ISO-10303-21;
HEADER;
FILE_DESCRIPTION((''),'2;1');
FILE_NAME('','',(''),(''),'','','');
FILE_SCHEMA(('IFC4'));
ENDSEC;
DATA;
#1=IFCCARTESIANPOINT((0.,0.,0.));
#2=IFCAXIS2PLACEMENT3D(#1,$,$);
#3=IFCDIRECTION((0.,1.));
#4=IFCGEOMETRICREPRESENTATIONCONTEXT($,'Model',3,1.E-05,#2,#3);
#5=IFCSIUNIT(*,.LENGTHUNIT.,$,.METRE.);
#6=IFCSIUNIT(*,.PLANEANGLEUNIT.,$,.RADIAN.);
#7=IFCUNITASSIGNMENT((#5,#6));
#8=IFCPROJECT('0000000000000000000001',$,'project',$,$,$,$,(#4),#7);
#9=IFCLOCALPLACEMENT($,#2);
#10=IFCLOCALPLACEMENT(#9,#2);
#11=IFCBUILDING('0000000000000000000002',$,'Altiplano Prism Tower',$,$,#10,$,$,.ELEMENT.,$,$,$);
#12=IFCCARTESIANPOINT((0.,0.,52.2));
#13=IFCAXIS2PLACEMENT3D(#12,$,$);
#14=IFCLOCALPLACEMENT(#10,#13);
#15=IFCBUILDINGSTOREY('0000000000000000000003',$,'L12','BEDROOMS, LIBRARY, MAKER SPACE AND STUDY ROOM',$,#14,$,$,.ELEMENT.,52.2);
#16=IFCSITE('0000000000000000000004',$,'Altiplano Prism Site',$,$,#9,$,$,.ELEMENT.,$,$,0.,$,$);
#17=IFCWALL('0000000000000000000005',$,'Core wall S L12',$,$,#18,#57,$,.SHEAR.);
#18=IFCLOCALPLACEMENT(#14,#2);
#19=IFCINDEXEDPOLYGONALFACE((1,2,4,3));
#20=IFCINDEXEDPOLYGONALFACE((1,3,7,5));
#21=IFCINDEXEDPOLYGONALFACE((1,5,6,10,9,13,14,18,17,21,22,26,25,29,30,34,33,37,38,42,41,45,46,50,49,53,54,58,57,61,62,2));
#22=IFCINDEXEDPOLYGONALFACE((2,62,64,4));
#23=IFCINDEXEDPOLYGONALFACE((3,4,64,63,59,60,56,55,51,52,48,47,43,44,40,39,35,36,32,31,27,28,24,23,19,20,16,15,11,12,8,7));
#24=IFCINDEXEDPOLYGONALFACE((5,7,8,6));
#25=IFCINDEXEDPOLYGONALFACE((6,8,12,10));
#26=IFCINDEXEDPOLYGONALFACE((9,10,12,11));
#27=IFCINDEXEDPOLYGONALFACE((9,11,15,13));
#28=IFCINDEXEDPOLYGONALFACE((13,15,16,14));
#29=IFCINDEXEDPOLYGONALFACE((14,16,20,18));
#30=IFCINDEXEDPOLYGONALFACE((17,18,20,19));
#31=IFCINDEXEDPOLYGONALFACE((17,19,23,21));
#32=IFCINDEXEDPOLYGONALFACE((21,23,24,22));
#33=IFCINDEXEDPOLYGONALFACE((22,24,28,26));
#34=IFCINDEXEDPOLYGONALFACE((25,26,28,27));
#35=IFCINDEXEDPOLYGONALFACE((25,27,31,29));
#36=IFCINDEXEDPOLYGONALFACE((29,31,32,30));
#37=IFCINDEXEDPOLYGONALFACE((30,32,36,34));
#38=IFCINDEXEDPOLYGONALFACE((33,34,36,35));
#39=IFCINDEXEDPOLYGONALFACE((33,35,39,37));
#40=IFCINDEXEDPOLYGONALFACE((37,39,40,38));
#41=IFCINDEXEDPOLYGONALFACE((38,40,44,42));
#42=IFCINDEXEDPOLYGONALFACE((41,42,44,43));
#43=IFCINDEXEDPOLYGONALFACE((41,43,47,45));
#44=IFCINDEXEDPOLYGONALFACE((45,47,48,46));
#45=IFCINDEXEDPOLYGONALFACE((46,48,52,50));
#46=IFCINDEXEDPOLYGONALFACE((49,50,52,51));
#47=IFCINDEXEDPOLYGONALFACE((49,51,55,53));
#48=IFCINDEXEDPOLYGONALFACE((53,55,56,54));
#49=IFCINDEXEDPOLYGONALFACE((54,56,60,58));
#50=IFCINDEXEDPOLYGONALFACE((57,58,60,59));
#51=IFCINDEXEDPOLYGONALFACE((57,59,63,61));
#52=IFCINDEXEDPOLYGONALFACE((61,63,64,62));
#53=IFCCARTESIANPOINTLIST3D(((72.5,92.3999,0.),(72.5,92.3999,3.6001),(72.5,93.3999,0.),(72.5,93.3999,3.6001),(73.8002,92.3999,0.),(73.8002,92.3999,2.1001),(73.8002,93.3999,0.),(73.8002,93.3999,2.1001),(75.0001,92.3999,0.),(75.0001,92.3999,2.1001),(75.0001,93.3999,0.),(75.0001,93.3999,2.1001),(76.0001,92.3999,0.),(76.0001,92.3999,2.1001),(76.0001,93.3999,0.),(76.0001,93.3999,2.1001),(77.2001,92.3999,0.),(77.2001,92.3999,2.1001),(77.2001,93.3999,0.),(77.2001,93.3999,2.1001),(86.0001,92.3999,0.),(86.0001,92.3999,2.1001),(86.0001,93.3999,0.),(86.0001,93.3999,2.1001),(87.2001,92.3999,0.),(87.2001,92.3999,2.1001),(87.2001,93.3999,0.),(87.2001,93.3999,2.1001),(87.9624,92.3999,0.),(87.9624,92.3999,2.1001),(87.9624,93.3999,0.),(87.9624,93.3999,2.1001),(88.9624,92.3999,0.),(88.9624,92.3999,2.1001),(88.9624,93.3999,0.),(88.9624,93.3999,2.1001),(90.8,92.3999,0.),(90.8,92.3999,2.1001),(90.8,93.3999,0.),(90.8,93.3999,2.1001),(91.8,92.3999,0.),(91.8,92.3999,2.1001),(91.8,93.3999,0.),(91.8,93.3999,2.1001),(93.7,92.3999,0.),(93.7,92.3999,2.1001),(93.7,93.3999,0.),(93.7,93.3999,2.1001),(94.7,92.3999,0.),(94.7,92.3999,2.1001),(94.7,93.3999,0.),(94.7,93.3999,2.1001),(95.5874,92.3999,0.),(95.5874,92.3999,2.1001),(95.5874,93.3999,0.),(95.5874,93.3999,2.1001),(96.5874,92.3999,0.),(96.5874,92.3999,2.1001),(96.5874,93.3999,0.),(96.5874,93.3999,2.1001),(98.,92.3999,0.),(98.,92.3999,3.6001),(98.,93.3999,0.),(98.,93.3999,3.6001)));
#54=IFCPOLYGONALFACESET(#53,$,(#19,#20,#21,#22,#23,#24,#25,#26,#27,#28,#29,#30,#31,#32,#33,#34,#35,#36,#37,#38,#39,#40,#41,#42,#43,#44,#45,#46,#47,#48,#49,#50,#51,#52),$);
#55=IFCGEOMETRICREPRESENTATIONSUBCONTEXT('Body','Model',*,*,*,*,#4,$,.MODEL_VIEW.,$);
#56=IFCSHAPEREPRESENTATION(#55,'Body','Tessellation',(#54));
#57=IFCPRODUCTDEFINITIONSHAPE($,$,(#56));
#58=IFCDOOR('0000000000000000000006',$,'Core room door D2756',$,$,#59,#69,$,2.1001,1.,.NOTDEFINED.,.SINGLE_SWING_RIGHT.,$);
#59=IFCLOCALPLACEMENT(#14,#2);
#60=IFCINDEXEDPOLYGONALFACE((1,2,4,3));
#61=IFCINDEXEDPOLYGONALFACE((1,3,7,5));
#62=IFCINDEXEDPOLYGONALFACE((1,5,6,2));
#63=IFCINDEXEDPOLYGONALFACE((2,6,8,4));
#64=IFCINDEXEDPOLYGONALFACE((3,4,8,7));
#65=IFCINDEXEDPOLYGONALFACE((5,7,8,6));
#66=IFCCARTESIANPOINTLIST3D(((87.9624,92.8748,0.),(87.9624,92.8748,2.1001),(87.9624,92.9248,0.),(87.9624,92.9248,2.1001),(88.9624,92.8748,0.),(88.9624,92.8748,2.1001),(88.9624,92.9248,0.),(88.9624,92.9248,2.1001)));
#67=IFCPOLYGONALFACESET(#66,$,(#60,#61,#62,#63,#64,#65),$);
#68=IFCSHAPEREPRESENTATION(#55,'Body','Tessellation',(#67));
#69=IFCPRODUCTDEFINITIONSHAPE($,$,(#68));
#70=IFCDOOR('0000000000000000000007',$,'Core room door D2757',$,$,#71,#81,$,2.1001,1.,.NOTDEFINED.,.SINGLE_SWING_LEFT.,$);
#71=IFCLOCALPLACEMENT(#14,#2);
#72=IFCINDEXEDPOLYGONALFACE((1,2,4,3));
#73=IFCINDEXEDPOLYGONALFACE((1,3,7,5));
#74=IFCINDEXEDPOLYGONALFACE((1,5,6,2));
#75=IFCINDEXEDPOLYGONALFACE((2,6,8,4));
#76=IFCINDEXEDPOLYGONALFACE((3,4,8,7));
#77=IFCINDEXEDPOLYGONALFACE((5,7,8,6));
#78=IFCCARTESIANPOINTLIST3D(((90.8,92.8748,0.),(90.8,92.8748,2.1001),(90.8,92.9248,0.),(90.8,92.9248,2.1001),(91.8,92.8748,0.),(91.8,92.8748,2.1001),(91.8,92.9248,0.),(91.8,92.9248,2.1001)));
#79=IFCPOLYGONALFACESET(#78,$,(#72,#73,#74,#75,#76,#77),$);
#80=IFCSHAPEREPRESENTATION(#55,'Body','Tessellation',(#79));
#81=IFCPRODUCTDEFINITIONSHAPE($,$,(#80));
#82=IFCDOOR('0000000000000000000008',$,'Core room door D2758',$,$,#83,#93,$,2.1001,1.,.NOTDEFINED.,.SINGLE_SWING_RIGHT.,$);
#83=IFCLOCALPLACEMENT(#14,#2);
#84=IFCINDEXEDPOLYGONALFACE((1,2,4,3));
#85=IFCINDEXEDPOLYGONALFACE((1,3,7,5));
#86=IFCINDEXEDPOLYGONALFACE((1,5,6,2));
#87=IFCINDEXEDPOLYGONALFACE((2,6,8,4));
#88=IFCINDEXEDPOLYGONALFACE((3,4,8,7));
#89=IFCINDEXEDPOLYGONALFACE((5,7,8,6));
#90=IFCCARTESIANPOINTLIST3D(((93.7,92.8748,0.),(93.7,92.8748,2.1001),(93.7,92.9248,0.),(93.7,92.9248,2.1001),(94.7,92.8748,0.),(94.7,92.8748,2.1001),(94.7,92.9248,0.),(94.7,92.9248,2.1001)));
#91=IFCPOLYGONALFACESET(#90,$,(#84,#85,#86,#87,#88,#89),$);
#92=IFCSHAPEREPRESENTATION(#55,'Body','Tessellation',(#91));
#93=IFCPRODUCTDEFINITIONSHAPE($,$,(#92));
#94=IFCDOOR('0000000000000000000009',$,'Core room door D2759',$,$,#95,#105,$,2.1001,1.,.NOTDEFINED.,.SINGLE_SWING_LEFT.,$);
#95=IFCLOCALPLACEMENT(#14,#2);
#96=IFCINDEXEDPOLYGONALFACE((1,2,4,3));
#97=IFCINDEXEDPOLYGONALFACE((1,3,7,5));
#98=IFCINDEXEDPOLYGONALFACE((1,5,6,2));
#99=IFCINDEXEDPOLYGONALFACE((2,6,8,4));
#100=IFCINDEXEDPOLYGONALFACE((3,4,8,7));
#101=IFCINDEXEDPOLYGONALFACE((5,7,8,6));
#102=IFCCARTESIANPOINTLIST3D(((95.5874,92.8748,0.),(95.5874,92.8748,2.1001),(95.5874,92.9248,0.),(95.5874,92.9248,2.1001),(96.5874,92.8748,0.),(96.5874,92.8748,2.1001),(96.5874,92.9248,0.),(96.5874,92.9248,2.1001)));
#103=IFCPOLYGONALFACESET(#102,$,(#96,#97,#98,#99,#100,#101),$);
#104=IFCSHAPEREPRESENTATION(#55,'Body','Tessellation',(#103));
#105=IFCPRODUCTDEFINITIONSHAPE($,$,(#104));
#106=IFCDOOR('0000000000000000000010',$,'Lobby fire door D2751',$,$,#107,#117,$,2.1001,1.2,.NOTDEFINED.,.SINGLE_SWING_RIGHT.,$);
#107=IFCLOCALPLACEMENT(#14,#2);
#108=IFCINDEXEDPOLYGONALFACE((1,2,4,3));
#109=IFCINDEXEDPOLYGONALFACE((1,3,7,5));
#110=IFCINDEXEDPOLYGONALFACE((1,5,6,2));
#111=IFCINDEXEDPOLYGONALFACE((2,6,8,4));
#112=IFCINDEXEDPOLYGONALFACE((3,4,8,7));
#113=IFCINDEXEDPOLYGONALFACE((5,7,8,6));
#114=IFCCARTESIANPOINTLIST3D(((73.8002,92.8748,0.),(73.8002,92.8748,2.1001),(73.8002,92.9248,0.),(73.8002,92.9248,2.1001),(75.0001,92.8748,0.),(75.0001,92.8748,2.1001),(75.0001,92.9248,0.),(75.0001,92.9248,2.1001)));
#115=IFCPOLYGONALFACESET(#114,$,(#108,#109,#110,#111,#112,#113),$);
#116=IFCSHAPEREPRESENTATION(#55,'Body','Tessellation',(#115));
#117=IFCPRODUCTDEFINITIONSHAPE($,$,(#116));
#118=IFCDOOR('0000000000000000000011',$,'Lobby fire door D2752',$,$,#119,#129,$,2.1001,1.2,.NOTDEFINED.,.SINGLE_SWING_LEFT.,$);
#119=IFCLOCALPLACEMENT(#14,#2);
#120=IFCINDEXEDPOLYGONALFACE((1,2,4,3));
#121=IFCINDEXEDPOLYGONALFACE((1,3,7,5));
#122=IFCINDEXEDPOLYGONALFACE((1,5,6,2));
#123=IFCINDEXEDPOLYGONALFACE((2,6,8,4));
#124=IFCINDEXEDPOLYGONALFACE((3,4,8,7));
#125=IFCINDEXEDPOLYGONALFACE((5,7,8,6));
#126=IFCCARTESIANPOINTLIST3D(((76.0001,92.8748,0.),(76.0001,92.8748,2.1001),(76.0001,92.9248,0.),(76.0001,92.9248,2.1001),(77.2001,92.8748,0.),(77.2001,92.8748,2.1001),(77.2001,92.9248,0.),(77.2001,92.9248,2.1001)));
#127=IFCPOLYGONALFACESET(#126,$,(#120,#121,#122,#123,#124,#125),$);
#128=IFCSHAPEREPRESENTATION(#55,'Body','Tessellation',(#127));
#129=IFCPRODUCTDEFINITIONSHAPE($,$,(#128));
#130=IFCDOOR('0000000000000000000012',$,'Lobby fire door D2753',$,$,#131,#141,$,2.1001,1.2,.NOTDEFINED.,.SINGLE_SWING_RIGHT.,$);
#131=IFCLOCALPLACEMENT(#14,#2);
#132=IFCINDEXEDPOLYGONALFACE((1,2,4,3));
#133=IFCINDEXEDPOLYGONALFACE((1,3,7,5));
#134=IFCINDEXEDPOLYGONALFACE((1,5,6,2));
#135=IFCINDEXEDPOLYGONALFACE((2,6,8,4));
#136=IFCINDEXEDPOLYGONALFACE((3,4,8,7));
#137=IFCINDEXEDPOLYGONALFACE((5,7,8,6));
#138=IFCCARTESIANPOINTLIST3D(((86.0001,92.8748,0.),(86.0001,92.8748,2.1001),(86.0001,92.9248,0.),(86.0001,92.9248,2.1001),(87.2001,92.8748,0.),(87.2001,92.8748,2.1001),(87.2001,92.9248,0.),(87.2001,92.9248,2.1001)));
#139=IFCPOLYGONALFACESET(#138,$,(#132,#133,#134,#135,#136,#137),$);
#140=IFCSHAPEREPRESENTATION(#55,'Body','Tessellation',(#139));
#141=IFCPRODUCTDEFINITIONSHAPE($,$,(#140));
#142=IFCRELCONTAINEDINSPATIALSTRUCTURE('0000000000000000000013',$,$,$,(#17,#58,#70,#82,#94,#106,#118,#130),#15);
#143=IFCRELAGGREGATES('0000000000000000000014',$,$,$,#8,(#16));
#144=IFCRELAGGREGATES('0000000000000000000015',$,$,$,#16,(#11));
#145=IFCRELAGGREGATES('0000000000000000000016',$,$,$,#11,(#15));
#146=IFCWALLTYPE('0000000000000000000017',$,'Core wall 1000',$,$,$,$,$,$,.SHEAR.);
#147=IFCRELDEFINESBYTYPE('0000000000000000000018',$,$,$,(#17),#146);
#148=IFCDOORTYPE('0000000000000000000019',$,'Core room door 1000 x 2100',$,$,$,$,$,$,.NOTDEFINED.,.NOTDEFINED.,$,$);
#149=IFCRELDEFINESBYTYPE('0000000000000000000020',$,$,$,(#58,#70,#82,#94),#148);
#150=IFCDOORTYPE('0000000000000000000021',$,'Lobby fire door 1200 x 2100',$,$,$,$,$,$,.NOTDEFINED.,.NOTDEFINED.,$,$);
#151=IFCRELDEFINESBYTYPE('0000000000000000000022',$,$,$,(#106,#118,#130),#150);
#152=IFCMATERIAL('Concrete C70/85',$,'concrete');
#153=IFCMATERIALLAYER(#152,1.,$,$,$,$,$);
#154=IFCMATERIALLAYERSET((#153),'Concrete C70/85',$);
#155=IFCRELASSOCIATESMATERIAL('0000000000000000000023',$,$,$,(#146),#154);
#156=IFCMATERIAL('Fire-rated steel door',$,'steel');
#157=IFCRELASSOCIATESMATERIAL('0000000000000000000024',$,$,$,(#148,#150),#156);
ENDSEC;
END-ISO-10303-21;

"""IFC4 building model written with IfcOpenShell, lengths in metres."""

from ifc_helpers import new_model, si_unit, direction, frame, frame_2d, origin, place, context, subcontext, project, spatial, rectangle, extrude, material, layer, layer_set, type_object, element, fill, save


model = new_model("IFC4")

# Units and contexts
model_context = context("Model", 3, precision=1e-05, world=origin(), true_north=direction((0.0, 1.0)))
body_context = subcontext(model_context, "Body", "Model", "MODEL_VIEW")
ifc_project = project(units=[si_unit("LENGTHUNIT", "METRE"), si_unit("PLANEANGLEUNIT", "RADIAN")], contexts=[model_context])

# Site, building, storey
site_placement = place(None, origin())
site = spatial("IfcSite", under=ifc_project, at=site_placement, Name="Altiplano Prism Site", CompositionType="ELEMENT", RefElevation=0.0)
building_placement = place(site_placement, origin())
building = spatial("IfcBuilding", under=site, at=building_placement, Name="Altiplano Prism Tower", CompositionType="ELEMENT")
storey_placement = place(building_placement, frame((0.0, 0.0, 52.2)))
storey = spatial("IfcBuildingStorey", under=building, at=storey_placement, Name="L12", Description="BEDROOMS, LIBRARY, MAKER SPACE AND STUDY ROOM", CompositionType="ELEMENT", Elevation=52.2)

# Wall, openings, doors
ifc_material_1 = material(Name="Concrete C70/85", Category="concrete")
ifc_layer_1 = layer(ifc_material_1, 1.0)
ifc_layer_set_1 = layer_set([ifc_layer_1], Name="Concrete C70/85")
wall_type_1 = type_object("IfcWallType", Name="Core wall 1000", PredefinedType="SHEAR", material=ifc_layer_set_1)
wall_1_placement = place(storey_placement, frame((72.5, 92.8999, 0.0), z_axis=(0.0, 0.0, 1.0), x_axis=(1.0, 0.0, 0.0)))
wall_1 = element("IfcWall", 1, at=wall_1_placement, inside=storey, type_object=wall_type_1, Name="Core wall S L12", PredefinedType="SHEAR", context=body_context, shape_type="SweptSolid", body=[
    extrude(rectangle(XDim=25.5, YDim=1.0, at=frame_2d((12.75, 0.0))), origin(), (0.0, 0.0, 1.0), 3.6001),
])
opening_1_placement = place(wall_1_placement, frame((1.3, 0.0, 0.0)))
opening_1 = element("IfcOpeningElement", 2, at=opening_1_placement, cuts=wall_1, PredefinedType="OPENING", context=body_context, shape_type="SweptSolid", body=[
    extrude(rectangle(XDim=1.2, YDim=2.1001, at=frame_2d((0.6001, 1.05))), frame((0.0, 0.5105, 0.0), z_axis=(0.0, -1.0, 0.0), x_axis=(1.0, 0.0, 0.0)), (0.0, 0.0, 1.0), 1.021),
])
opening_2_placement = place(wall_1_placement, frame((3.5, 0.0, 0.0)))
opening_2 = element("IfcOpeningElement", 3, at=opening_2_placement, cuts=wall_1, PredefinedType="OPENING", context=body_context, shape_type="SweptSolid", body=[
    extrude(rectangle(XDim=1.2, YDim=2.1001, at=frame_2d((0.6001, 1.05))), frame((0.0, 0.5105, 0.0), z_axis=(0.0, -1.0, 0.0), x_axis=(1.0, 0.0, 0.0)), (0.0, 0.0, 1.0), 1.021),
])
opening_3_placement = place(wall_1_placement, frame((13.5, 0.0, 0.0)))
opening_3 = element("IfcOpeningElement", 4, at=opening_3_placement, cuts=wall_1, PredefinedType="OPENING", context=body_context, shape_type="SweptSolid", body=[
    extrude(rectangle(XDim=1.2, YDim=2.1001, at=frame_2d((0.6001, 1.05))), frame((0.0, 0.5105, 0.0), z_axis=(0.0, -1.0, 0.0), x_axis=(1.0, 0.0, 0.0)), (0.0, 0.0, 1.0), 1.021),
])
opening_4_placement = place(wall_1_placement, frame((15.4624, 0.0, 0.0)))
opening_4 = element("IfcOpeningElement", 5, at=opening_4_placement, cuts=wall_1, PredefinedType="OPENING", context=body_context, shape_type="SweptSolid", body=[
    extrude(rectangle(XDim=1.0, YDim=2.1001, at=frame_2d((0.5, 1.05))), frame((0.0, 0.5105, 0.0), z_axis=(0.0, -1.0, 0.0), x_axis=(1.0, 0.0, 0.0)), (0.0, 0.0, 1.0), 1.021),
])
opening_5_placement = place(wall_1_placement, frame((18.3, 0.0, 0.0)))
opening_5 = element("IfcOpeningElement", 6, at=opening_5_placement, cuts=wall_1, PredefinedType="OPENING", context=body_context, shape_type="SweptSolid", body=[
    extrude(rectangle(XDim=1.0, YDim=2.1001, at=frame_2d((0.5, 1.05))), frame((0.0, 0.5105, 0.0), z_axis=(0.0, -1.0, 0.0), x_axis=(1.0, 0.0, 0.0)), (0.0, 0.0, 1.0), 1.021),
])
opening_6_placement = place(wall_1_placement, frame((21.2, 0.0, 0.0)))
opening_6 = element("IfcOpeningElement", 7, at=opening_6_placement, cuts=wall_1, PredefinedType="OPENING", context=body_context, shape_type="SweptSolid", body=[
    extrude(rectangle(XDim=1.0, YDim=2.1001, at=frame_2d((0.5, 1.05))), frame((0.0, 0.5105, 0.0), z_axis=(0.0, -1.0, 0.0), x_axis=(1.0, 0.0, 0.0)), (0.0, 0.0, 1.0), 1.021),
])
opening_7_placement = place(wall_1_placement, frame((23.0874, 0.0, 0.0)))
opening_7 = element("IfcOpeningElement", 8, at=opening_7_placement, cuts=wall_1, PredefinedType="OPENING", context=body_context, shape_type="SweptSolid", body=[
    extrude(rectangle(XDim=1.0, YDim=2.1001, at=frame_2d((0.5, 1.05))), frame((0.0, 0.5105, 0.0), z_axis=(0.0, -1.0, 0.0), x_axis=(1.0, 0.0, 0.0)), (0.0, 0.0, 1.0), 1.021),
])
ifc_material_2 = material(Name="Fire-rated steel door", Category="steel")
door_type_1 = type_object("IfcDoorType", Name="Core room door 1000 x 2100", OperationType="NOTDEFINED", PredefinedType="NOTDEFINED", material=ifc_material_2)
door_1_placement = place(opening_4_placement, origin())
door_1 = element("IfcDoor", 9, at=door_1_placement, inside=storey, type_object=door_type_1, Name="Core room door D2756", OperationType="SINGLE_SWING_RIGHT", OverallHeight=2.1001, OverallWidth=1.0, PredefinedType="NOTDEFINED", context=body_context, shape_type="SweptSolid", body=[
    extrude(rectangle(XDim=1.0, YDim=2.1001, at=frame_2d((0.5, 1.05))), frame((0.0, 0.0249, 0.0), z_axis=(0.0, -1.0, 0.0), x_axis=(1.0, 0.0, 0.0)), (0.0, 0.0, 1.0), 0.05),
])
fill(opening_4, door_1)
door_2_placement = place(opening_5_placement, origin())
door_2 = element("IfcDoor", 10, at=door_2_placement, inside=storey, type_object=door_type_1, Name="Core room door D2757", OperationType="SINGLE_SWING_LEFT", OverallHeight=2.1001, OverallWidth=1.0, PredefinedType="NOTDEFINED", context=body_context, shape_type="SweptSolid", body=[
    extrude(rectangle(XDim=1.0, YDim=2.1001, at=frame_2d((0.5, 1.05))), frame((0.0, 0.0249, 0.0), z_axis=(0.0, -1.0, 0.0), x_axis=(1.0, 0.0, 0.0)), (0.0, 0.0, 1.0), 0.05),
])
fill(opening_5, door_2)
door_3_placement = place(opening_6_placement, origin())
door_3 = element("IfcDoor", 11, at=door_3_placement, inside=storey, type_object=door_type_1, Name="Core room door D2758", OperationType="SINGLE_SWING_RIGHT", OverallHeight=2.1001, OverallWidth=1.0, PredefinedType="NOTDEFINED", context=body_context, shape_type="SweptSolid", body=[
    extrude(rectangle(XDim=1.0, YDim=2.1001, at=frame_2d((0.5, 1.05))), frame((0.0, 0.0249, 0.0), z_axis=(0.0, -1.0, 0.0), x_axis=(1.0, 0.0, 0.0)), (0.0, 0.0, 1.0), 0.05),
])
fill(opening_6, door_3)
door_4_placement = place(opening_7_placement, origin())
door_4 = element("IfcDoor", 12, at=door_4_placement, inside=storey, type_object=door_type_1, Name="Core room door D2759", OperationType="SINGLE_SWING_LEFT", OverallHeight=2.1001, OverallWidth=1.0, PredefinedType="NOTDEFINED", context=body_context, shape_type="SweptSolid", body=[
    extrude(rectangle(XDim=1.0, YDim=2.1001, at=frame_2d((0.5, 1.05))), frame((0.0, 0.0249, 0.0), z_axis=(0.0, -1.0, 0.0), x_axis=(1.0, 0.0, 0.0)), (0.0, 0.0, 1.0), 0.05),
])
fill(opening_7, door_4)
door_type_2 = type_object("IfcDoorType", Name="Lobby fire door 1200 x 2100", OperationType="NOTDEFINED", PredefinedType="NOTDEFINED", material=ifc_material_2)
door_5_placement = place(opening_1_placement, origin())
door_5 = element("IfcDoor", 13, at=door_5_placement, inside=storey, type_object=door_type_2, Name="Lobby fire door D2751", OperationType="SINGLE_SWING_RIGHT", OverallHeight=2.1001, OverallWidth=1.2, PredefinedType="NOTDEFINED", context=body_context, shape_type="SweptSolid", body=[
    extrude(rectangle(XDim=1.2, YDim=2.1001, at=frame_2d((0.6001, 1.05))), frame((0.0, 0.0249, 0.0), z_axis=(0.0, -1.0, 0.0), x_axis=(1.0, 0.0, 0.0)), (0.0, 0.0, 1.0), 0.05),
])
fill(opening_1, door_5)
door_6_placement = place(opening_2_placement, origin())
door_6 = element("IfcDoor", 14, at=door_6_placement, inside=storey, type_object=door_type_2, Name="Lobby fire door D2752", OperationType="SINGLE_SWING_LEFT", OverallHeight=2.1001, OverallWidth=1.2, PredefinedType="NOTDEFINED", context=body_context, shape_type="SweptSolid", body=[
    extrude(rectangle(XDim=1.2, YDim=2.1001, at=frame_2d((0.6001, 1.05))), frame((0.0, 0.0249, 0.0), z_axis=(0.0, -1.0, 0.0), x_axis=(1.0, 0.0, 0.0)), (0.0, 0.0, 1.0), 0.05),
])
fill(opening_2, door_6)
door_7_placement = place(opening_3_placement, origin())
door_7 = element("IfcDoor", 15, at=door_7_placement, inside=storey, type_object=door_type_2, Name="Lobby fire door D2753", OperationType="SINGLE_SWING_RIGHT", OverallHeight=2.1001, OverallWidth=1.2, PredefinedType="NOTDEFINED", context=body_context, shape_type="SweptSolid", body=[
    extrude(rectangle(XDim=1.2, YDim=2.1001, at=frame_2d((0.6001, 1.05))), frame((0.0, 0.0249, 0.0), z_axis=(0.0, -1.0, 0.0), x_axis=(1.0, 0.0, 0.0)), (0.0, 0.0, 1.0), 0.05),
])
fill(opening_3, door_7)

save(model, "model.ifc")
